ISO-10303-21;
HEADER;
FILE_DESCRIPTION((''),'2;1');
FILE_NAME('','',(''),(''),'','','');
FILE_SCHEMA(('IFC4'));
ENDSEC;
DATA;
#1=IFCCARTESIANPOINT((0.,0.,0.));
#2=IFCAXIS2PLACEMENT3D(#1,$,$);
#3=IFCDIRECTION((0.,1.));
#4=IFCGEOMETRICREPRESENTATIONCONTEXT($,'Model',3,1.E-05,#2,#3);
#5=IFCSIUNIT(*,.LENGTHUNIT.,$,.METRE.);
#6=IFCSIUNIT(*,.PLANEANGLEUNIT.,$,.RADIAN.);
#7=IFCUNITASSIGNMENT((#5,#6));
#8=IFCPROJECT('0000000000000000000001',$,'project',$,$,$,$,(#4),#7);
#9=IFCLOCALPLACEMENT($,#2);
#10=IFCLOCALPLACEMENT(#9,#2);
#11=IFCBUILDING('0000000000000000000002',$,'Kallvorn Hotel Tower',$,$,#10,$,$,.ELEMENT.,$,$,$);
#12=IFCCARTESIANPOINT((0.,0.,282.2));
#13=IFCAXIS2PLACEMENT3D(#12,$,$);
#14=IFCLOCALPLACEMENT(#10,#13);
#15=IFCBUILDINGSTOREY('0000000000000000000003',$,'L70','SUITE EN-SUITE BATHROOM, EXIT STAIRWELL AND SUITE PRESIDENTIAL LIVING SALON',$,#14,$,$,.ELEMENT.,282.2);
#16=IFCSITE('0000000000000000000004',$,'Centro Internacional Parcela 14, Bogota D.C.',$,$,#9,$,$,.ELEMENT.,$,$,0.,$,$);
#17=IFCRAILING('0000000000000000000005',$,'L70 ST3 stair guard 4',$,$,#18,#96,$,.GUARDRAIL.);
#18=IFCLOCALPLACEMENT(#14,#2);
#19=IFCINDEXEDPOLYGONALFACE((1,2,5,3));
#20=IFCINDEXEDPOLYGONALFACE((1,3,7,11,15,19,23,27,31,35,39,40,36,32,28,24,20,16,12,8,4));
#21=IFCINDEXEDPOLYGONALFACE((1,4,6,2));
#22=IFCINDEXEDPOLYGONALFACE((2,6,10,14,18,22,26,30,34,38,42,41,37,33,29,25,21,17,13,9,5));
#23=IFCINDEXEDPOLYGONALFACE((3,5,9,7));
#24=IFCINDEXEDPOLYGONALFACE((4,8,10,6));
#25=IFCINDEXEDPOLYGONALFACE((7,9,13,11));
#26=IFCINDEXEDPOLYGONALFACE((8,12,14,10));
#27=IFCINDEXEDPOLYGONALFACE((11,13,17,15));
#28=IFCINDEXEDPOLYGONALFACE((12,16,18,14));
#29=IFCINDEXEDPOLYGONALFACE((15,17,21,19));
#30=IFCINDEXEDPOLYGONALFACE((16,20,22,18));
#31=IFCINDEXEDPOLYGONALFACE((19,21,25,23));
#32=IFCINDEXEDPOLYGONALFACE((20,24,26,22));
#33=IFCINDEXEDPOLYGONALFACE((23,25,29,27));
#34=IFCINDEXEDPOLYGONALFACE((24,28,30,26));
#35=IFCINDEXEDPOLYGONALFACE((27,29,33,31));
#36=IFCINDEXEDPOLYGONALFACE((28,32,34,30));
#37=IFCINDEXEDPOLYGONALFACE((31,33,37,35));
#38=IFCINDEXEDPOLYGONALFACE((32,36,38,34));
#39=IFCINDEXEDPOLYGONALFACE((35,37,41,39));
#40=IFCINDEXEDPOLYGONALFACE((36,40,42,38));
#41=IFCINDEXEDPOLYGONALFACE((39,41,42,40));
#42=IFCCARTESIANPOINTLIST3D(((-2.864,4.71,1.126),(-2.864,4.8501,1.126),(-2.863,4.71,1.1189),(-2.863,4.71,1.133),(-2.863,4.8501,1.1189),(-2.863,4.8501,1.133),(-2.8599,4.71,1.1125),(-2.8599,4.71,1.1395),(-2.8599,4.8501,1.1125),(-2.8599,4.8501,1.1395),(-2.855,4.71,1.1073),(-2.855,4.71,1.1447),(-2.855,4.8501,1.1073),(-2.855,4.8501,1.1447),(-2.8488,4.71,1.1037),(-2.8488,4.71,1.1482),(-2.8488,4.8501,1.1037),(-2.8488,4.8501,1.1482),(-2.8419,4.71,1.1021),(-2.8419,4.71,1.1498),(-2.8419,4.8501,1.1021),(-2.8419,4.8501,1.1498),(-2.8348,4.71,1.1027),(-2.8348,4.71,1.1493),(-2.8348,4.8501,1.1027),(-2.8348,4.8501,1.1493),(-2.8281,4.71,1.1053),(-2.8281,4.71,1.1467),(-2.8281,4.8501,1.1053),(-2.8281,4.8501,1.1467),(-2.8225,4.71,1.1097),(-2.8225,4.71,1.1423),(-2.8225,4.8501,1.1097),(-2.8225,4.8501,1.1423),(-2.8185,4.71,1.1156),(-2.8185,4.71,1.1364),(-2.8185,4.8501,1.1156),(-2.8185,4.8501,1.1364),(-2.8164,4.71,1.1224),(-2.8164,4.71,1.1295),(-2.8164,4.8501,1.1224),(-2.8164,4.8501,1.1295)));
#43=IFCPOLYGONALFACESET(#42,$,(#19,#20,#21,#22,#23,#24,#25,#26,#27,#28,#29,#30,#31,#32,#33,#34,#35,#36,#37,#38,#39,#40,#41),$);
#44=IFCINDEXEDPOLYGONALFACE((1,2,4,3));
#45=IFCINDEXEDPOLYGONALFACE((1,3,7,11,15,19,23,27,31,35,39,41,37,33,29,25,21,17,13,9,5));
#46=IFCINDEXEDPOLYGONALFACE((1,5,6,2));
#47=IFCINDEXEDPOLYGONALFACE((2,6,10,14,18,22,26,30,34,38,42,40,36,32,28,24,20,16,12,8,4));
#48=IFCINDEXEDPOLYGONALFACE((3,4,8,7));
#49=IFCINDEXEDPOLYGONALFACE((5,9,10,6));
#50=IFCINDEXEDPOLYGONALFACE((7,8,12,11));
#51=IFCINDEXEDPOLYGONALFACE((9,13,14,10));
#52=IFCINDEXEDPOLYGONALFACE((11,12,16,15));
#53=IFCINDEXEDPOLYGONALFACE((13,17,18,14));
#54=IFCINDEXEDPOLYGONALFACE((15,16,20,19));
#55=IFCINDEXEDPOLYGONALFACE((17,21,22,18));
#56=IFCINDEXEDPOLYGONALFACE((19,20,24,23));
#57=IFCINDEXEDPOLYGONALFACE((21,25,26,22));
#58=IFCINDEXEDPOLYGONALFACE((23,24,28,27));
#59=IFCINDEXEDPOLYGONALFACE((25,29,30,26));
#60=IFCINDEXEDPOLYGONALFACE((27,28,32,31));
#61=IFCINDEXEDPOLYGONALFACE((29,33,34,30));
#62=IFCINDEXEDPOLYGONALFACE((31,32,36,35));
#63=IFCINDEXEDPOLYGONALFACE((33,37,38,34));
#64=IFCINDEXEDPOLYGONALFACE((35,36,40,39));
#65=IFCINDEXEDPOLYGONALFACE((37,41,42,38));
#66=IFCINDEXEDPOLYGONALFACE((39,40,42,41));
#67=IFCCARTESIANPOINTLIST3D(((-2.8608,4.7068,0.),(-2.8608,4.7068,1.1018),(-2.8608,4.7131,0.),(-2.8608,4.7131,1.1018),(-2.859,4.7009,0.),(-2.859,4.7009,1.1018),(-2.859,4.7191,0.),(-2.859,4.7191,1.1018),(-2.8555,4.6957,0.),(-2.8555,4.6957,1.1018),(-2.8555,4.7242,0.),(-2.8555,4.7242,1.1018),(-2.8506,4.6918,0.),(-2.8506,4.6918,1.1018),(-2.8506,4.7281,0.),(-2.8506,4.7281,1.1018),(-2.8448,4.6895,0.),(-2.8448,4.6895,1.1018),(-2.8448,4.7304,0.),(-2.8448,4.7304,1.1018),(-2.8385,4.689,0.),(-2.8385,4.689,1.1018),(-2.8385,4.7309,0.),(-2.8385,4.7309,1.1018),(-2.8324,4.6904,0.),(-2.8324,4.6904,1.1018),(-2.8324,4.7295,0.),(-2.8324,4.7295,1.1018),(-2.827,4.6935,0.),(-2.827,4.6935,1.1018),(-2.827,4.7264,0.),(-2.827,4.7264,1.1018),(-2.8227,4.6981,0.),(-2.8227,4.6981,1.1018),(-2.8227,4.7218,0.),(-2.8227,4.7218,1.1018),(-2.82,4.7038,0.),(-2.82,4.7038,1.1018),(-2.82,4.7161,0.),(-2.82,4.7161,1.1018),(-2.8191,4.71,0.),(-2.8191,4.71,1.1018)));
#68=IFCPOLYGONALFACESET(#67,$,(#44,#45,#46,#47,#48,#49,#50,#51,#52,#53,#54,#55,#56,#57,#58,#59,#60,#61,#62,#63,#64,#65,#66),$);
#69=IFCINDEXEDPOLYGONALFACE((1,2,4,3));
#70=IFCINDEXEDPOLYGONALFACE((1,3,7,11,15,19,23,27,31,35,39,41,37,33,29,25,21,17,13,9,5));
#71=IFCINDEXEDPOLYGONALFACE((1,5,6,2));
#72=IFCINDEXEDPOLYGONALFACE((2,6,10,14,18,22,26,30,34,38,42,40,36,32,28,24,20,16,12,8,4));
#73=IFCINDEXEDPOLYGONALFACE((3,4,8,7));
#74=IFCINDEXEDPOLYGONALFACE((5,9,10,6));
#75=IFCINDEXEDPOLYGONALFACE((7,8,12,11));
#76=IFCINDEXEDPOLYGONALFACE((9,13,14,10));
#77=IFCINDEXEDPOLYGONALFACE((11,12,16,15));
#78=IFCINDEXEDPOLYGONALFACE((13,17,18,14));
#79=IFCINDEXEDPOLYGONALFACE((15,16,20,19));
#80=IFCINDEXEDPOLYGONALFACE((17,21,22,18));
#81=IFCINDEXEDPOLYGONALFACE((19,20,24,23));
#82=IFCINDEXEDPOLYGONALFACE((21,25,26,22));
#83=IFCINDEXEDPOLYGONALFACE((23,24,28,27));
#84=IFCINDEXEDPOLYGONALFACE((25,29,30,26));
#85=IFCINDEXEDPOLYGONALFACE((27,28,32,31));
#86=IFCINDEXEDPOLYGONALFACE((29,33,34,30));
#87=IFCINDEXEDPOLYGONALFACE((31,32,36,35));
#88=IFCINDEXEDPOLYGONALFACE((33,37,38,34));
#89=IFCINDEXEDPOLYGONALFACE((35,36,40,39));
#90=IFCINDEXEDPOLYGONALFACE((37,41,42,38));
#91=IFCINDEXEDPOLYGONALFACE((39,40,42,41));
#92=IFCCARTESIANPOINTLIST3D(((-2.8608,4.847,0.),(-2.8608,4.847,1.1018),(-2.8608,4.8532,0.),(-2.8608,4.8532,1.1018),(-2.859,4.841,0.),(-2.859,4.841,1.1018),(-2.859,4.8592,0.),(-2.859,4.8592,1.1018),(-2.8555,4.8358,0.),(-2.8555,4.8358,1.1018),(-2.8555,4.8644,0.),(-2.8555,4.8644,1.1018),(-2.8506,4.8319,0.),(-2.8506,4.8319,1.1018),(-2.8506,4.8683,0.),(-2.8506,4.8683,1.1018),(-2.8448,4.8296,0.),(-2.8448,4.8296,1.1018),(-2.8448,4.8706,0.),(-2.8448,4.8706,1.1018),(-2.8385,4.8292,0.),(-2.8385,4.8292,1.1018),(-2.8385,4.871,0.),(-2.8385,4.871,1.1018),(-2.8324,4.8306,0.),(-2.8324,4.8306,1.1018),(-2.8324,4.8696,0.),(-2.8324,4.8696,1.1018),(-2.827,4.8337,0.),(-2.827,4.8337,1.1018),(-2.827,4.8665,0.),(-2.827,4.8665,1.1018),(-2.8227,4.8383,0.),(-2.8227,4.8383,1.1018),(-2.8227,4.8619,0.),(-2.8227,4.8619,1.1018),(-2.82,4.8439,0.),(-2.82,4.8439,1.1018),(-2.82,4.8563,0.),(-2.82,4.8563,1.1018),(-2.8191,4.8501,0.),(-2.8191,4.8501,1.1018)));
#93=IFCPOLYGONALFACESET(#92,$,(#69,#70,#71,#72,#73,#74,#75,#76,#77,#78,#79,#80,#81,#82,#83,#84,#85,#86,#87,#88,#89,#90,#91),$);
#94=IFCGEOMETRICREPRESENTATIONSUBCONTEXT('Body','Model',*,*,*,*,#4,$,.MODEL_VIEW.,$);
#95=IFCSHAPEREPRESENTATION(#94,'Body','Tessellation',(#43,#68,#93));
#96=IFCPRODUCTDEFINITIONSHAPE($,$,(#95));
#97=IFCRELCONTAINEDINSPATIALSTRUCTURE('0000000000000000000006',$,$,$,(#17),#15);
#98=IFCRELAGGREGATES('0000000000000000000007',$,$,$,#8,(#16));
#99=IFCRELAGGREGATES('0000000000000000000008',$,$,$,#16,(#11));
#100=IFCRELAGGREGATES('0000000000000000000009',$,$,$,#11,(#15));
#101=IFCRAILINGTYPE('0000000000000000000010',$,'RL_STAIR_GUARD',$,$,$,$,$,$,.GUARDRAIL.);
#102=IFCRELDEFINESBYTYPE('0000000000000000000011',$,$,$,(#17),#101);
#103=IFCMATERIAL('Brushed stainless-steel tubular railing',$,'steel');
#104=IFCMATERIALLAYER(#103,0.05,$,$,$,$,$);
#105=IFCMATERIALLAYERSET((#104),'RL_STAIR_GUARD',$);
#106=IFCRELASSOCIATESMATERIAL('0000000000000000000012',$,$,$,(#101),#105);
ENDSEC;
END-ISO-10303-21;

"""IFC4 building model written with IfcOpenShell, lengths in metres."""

from ifc_helpers import new_model, si_unit, direction, frame, origin, origin_2d, place, context, subcontext, project, spatial, circle, extrude, material, layer, layer_set, type_object, element, save


model = new_model("IFC4")

# Units and contexts
model_context = context("Model", 3, precision=1e-05, world=origin(), true_north=direction((0.0, 1.0)))
body_context = subcontext(model_context, "Body", "Model", "MODEL_VIEW")
ifc_project = project(units=[si_unit("LENGTHUNIT", "METRE"), si_unit("PLANEANGLEUNIT", "RADIAN")], contexts=[model_context])

# Site, building, storey
site_placement = place(None, origin())
site = spatial("IfcSite", under=ifc_project, at=site_placement, Name="Centro Internacional Parcela 14, Bogota D.C.", CompositionType="ELEMENT", RefElevation=0.0)
building_placement = place(site_placement, origin())
building = spatial("IfcBuilding", under=site, at=building_placement, Name="Kallvorn Hotel Tower", CompositionType="ELEMENT")
storey_placement = place(building_placement, frame((0.0, 0.0, 282.2)))
storey = spatial("IfcBuildingStorey", under=building, at=storey_placement, Name="L70", Description="SUITE EN-SUITE BATHROOM, EXIT STAIRWELL AND SUITE PRESIDENTIAL LIVING SALON", CompositionType="ELEMENT", Elevation=282.2)

# Railing
ifc_material_1 = material(Name="Brushed stainless-steel tubular railing", Category="steel")
ifc_layer_1 = layer(ifc_material_1, 0.05)
ifc_layer_set_1 = layer_set([ifc_layer_1], Name="RL_STAIR_GUARD")
railing_type_1 = type_object("IfcRailingType", Name="RL_STAIR_GUARD", PredefinedType="GUARDRAIL", material=ifc_layer_set_1)
railing_1_placement = place(storey_placement, frame((-2.8401, 4.71, 0.0)))
element("IfcRailing", 1, at=railing_1_placement, inside=storey, type_object=railing_type_1, Name="L70 ST3 stair guard 4", PredefinedType="GUARDRAIL", context=body_context, shape_type="SweptSolid", body=[
    extrude(circle(Radius=0.0239, at=origin_2d()), frame((0.0, 0.0, 1.126), z_axis=(0.0, 1.0, 0.0), x_axis=(-1.0, 0.0, 0.0)), (0.0, 0.0, 1.0), 0.1401),
    extrude(circle(Radius=0.021, at=origin_2d()), origin(), (0.0, 0.0, 1.0), 1.1018),
    extrude(circle(Radius=0.021, at=origin_2d()), frame((0.0, 0.1401, 0.0)), (0.0, 0.0, 1.0), 1.1018),
])

save(model, "model.ifc")
